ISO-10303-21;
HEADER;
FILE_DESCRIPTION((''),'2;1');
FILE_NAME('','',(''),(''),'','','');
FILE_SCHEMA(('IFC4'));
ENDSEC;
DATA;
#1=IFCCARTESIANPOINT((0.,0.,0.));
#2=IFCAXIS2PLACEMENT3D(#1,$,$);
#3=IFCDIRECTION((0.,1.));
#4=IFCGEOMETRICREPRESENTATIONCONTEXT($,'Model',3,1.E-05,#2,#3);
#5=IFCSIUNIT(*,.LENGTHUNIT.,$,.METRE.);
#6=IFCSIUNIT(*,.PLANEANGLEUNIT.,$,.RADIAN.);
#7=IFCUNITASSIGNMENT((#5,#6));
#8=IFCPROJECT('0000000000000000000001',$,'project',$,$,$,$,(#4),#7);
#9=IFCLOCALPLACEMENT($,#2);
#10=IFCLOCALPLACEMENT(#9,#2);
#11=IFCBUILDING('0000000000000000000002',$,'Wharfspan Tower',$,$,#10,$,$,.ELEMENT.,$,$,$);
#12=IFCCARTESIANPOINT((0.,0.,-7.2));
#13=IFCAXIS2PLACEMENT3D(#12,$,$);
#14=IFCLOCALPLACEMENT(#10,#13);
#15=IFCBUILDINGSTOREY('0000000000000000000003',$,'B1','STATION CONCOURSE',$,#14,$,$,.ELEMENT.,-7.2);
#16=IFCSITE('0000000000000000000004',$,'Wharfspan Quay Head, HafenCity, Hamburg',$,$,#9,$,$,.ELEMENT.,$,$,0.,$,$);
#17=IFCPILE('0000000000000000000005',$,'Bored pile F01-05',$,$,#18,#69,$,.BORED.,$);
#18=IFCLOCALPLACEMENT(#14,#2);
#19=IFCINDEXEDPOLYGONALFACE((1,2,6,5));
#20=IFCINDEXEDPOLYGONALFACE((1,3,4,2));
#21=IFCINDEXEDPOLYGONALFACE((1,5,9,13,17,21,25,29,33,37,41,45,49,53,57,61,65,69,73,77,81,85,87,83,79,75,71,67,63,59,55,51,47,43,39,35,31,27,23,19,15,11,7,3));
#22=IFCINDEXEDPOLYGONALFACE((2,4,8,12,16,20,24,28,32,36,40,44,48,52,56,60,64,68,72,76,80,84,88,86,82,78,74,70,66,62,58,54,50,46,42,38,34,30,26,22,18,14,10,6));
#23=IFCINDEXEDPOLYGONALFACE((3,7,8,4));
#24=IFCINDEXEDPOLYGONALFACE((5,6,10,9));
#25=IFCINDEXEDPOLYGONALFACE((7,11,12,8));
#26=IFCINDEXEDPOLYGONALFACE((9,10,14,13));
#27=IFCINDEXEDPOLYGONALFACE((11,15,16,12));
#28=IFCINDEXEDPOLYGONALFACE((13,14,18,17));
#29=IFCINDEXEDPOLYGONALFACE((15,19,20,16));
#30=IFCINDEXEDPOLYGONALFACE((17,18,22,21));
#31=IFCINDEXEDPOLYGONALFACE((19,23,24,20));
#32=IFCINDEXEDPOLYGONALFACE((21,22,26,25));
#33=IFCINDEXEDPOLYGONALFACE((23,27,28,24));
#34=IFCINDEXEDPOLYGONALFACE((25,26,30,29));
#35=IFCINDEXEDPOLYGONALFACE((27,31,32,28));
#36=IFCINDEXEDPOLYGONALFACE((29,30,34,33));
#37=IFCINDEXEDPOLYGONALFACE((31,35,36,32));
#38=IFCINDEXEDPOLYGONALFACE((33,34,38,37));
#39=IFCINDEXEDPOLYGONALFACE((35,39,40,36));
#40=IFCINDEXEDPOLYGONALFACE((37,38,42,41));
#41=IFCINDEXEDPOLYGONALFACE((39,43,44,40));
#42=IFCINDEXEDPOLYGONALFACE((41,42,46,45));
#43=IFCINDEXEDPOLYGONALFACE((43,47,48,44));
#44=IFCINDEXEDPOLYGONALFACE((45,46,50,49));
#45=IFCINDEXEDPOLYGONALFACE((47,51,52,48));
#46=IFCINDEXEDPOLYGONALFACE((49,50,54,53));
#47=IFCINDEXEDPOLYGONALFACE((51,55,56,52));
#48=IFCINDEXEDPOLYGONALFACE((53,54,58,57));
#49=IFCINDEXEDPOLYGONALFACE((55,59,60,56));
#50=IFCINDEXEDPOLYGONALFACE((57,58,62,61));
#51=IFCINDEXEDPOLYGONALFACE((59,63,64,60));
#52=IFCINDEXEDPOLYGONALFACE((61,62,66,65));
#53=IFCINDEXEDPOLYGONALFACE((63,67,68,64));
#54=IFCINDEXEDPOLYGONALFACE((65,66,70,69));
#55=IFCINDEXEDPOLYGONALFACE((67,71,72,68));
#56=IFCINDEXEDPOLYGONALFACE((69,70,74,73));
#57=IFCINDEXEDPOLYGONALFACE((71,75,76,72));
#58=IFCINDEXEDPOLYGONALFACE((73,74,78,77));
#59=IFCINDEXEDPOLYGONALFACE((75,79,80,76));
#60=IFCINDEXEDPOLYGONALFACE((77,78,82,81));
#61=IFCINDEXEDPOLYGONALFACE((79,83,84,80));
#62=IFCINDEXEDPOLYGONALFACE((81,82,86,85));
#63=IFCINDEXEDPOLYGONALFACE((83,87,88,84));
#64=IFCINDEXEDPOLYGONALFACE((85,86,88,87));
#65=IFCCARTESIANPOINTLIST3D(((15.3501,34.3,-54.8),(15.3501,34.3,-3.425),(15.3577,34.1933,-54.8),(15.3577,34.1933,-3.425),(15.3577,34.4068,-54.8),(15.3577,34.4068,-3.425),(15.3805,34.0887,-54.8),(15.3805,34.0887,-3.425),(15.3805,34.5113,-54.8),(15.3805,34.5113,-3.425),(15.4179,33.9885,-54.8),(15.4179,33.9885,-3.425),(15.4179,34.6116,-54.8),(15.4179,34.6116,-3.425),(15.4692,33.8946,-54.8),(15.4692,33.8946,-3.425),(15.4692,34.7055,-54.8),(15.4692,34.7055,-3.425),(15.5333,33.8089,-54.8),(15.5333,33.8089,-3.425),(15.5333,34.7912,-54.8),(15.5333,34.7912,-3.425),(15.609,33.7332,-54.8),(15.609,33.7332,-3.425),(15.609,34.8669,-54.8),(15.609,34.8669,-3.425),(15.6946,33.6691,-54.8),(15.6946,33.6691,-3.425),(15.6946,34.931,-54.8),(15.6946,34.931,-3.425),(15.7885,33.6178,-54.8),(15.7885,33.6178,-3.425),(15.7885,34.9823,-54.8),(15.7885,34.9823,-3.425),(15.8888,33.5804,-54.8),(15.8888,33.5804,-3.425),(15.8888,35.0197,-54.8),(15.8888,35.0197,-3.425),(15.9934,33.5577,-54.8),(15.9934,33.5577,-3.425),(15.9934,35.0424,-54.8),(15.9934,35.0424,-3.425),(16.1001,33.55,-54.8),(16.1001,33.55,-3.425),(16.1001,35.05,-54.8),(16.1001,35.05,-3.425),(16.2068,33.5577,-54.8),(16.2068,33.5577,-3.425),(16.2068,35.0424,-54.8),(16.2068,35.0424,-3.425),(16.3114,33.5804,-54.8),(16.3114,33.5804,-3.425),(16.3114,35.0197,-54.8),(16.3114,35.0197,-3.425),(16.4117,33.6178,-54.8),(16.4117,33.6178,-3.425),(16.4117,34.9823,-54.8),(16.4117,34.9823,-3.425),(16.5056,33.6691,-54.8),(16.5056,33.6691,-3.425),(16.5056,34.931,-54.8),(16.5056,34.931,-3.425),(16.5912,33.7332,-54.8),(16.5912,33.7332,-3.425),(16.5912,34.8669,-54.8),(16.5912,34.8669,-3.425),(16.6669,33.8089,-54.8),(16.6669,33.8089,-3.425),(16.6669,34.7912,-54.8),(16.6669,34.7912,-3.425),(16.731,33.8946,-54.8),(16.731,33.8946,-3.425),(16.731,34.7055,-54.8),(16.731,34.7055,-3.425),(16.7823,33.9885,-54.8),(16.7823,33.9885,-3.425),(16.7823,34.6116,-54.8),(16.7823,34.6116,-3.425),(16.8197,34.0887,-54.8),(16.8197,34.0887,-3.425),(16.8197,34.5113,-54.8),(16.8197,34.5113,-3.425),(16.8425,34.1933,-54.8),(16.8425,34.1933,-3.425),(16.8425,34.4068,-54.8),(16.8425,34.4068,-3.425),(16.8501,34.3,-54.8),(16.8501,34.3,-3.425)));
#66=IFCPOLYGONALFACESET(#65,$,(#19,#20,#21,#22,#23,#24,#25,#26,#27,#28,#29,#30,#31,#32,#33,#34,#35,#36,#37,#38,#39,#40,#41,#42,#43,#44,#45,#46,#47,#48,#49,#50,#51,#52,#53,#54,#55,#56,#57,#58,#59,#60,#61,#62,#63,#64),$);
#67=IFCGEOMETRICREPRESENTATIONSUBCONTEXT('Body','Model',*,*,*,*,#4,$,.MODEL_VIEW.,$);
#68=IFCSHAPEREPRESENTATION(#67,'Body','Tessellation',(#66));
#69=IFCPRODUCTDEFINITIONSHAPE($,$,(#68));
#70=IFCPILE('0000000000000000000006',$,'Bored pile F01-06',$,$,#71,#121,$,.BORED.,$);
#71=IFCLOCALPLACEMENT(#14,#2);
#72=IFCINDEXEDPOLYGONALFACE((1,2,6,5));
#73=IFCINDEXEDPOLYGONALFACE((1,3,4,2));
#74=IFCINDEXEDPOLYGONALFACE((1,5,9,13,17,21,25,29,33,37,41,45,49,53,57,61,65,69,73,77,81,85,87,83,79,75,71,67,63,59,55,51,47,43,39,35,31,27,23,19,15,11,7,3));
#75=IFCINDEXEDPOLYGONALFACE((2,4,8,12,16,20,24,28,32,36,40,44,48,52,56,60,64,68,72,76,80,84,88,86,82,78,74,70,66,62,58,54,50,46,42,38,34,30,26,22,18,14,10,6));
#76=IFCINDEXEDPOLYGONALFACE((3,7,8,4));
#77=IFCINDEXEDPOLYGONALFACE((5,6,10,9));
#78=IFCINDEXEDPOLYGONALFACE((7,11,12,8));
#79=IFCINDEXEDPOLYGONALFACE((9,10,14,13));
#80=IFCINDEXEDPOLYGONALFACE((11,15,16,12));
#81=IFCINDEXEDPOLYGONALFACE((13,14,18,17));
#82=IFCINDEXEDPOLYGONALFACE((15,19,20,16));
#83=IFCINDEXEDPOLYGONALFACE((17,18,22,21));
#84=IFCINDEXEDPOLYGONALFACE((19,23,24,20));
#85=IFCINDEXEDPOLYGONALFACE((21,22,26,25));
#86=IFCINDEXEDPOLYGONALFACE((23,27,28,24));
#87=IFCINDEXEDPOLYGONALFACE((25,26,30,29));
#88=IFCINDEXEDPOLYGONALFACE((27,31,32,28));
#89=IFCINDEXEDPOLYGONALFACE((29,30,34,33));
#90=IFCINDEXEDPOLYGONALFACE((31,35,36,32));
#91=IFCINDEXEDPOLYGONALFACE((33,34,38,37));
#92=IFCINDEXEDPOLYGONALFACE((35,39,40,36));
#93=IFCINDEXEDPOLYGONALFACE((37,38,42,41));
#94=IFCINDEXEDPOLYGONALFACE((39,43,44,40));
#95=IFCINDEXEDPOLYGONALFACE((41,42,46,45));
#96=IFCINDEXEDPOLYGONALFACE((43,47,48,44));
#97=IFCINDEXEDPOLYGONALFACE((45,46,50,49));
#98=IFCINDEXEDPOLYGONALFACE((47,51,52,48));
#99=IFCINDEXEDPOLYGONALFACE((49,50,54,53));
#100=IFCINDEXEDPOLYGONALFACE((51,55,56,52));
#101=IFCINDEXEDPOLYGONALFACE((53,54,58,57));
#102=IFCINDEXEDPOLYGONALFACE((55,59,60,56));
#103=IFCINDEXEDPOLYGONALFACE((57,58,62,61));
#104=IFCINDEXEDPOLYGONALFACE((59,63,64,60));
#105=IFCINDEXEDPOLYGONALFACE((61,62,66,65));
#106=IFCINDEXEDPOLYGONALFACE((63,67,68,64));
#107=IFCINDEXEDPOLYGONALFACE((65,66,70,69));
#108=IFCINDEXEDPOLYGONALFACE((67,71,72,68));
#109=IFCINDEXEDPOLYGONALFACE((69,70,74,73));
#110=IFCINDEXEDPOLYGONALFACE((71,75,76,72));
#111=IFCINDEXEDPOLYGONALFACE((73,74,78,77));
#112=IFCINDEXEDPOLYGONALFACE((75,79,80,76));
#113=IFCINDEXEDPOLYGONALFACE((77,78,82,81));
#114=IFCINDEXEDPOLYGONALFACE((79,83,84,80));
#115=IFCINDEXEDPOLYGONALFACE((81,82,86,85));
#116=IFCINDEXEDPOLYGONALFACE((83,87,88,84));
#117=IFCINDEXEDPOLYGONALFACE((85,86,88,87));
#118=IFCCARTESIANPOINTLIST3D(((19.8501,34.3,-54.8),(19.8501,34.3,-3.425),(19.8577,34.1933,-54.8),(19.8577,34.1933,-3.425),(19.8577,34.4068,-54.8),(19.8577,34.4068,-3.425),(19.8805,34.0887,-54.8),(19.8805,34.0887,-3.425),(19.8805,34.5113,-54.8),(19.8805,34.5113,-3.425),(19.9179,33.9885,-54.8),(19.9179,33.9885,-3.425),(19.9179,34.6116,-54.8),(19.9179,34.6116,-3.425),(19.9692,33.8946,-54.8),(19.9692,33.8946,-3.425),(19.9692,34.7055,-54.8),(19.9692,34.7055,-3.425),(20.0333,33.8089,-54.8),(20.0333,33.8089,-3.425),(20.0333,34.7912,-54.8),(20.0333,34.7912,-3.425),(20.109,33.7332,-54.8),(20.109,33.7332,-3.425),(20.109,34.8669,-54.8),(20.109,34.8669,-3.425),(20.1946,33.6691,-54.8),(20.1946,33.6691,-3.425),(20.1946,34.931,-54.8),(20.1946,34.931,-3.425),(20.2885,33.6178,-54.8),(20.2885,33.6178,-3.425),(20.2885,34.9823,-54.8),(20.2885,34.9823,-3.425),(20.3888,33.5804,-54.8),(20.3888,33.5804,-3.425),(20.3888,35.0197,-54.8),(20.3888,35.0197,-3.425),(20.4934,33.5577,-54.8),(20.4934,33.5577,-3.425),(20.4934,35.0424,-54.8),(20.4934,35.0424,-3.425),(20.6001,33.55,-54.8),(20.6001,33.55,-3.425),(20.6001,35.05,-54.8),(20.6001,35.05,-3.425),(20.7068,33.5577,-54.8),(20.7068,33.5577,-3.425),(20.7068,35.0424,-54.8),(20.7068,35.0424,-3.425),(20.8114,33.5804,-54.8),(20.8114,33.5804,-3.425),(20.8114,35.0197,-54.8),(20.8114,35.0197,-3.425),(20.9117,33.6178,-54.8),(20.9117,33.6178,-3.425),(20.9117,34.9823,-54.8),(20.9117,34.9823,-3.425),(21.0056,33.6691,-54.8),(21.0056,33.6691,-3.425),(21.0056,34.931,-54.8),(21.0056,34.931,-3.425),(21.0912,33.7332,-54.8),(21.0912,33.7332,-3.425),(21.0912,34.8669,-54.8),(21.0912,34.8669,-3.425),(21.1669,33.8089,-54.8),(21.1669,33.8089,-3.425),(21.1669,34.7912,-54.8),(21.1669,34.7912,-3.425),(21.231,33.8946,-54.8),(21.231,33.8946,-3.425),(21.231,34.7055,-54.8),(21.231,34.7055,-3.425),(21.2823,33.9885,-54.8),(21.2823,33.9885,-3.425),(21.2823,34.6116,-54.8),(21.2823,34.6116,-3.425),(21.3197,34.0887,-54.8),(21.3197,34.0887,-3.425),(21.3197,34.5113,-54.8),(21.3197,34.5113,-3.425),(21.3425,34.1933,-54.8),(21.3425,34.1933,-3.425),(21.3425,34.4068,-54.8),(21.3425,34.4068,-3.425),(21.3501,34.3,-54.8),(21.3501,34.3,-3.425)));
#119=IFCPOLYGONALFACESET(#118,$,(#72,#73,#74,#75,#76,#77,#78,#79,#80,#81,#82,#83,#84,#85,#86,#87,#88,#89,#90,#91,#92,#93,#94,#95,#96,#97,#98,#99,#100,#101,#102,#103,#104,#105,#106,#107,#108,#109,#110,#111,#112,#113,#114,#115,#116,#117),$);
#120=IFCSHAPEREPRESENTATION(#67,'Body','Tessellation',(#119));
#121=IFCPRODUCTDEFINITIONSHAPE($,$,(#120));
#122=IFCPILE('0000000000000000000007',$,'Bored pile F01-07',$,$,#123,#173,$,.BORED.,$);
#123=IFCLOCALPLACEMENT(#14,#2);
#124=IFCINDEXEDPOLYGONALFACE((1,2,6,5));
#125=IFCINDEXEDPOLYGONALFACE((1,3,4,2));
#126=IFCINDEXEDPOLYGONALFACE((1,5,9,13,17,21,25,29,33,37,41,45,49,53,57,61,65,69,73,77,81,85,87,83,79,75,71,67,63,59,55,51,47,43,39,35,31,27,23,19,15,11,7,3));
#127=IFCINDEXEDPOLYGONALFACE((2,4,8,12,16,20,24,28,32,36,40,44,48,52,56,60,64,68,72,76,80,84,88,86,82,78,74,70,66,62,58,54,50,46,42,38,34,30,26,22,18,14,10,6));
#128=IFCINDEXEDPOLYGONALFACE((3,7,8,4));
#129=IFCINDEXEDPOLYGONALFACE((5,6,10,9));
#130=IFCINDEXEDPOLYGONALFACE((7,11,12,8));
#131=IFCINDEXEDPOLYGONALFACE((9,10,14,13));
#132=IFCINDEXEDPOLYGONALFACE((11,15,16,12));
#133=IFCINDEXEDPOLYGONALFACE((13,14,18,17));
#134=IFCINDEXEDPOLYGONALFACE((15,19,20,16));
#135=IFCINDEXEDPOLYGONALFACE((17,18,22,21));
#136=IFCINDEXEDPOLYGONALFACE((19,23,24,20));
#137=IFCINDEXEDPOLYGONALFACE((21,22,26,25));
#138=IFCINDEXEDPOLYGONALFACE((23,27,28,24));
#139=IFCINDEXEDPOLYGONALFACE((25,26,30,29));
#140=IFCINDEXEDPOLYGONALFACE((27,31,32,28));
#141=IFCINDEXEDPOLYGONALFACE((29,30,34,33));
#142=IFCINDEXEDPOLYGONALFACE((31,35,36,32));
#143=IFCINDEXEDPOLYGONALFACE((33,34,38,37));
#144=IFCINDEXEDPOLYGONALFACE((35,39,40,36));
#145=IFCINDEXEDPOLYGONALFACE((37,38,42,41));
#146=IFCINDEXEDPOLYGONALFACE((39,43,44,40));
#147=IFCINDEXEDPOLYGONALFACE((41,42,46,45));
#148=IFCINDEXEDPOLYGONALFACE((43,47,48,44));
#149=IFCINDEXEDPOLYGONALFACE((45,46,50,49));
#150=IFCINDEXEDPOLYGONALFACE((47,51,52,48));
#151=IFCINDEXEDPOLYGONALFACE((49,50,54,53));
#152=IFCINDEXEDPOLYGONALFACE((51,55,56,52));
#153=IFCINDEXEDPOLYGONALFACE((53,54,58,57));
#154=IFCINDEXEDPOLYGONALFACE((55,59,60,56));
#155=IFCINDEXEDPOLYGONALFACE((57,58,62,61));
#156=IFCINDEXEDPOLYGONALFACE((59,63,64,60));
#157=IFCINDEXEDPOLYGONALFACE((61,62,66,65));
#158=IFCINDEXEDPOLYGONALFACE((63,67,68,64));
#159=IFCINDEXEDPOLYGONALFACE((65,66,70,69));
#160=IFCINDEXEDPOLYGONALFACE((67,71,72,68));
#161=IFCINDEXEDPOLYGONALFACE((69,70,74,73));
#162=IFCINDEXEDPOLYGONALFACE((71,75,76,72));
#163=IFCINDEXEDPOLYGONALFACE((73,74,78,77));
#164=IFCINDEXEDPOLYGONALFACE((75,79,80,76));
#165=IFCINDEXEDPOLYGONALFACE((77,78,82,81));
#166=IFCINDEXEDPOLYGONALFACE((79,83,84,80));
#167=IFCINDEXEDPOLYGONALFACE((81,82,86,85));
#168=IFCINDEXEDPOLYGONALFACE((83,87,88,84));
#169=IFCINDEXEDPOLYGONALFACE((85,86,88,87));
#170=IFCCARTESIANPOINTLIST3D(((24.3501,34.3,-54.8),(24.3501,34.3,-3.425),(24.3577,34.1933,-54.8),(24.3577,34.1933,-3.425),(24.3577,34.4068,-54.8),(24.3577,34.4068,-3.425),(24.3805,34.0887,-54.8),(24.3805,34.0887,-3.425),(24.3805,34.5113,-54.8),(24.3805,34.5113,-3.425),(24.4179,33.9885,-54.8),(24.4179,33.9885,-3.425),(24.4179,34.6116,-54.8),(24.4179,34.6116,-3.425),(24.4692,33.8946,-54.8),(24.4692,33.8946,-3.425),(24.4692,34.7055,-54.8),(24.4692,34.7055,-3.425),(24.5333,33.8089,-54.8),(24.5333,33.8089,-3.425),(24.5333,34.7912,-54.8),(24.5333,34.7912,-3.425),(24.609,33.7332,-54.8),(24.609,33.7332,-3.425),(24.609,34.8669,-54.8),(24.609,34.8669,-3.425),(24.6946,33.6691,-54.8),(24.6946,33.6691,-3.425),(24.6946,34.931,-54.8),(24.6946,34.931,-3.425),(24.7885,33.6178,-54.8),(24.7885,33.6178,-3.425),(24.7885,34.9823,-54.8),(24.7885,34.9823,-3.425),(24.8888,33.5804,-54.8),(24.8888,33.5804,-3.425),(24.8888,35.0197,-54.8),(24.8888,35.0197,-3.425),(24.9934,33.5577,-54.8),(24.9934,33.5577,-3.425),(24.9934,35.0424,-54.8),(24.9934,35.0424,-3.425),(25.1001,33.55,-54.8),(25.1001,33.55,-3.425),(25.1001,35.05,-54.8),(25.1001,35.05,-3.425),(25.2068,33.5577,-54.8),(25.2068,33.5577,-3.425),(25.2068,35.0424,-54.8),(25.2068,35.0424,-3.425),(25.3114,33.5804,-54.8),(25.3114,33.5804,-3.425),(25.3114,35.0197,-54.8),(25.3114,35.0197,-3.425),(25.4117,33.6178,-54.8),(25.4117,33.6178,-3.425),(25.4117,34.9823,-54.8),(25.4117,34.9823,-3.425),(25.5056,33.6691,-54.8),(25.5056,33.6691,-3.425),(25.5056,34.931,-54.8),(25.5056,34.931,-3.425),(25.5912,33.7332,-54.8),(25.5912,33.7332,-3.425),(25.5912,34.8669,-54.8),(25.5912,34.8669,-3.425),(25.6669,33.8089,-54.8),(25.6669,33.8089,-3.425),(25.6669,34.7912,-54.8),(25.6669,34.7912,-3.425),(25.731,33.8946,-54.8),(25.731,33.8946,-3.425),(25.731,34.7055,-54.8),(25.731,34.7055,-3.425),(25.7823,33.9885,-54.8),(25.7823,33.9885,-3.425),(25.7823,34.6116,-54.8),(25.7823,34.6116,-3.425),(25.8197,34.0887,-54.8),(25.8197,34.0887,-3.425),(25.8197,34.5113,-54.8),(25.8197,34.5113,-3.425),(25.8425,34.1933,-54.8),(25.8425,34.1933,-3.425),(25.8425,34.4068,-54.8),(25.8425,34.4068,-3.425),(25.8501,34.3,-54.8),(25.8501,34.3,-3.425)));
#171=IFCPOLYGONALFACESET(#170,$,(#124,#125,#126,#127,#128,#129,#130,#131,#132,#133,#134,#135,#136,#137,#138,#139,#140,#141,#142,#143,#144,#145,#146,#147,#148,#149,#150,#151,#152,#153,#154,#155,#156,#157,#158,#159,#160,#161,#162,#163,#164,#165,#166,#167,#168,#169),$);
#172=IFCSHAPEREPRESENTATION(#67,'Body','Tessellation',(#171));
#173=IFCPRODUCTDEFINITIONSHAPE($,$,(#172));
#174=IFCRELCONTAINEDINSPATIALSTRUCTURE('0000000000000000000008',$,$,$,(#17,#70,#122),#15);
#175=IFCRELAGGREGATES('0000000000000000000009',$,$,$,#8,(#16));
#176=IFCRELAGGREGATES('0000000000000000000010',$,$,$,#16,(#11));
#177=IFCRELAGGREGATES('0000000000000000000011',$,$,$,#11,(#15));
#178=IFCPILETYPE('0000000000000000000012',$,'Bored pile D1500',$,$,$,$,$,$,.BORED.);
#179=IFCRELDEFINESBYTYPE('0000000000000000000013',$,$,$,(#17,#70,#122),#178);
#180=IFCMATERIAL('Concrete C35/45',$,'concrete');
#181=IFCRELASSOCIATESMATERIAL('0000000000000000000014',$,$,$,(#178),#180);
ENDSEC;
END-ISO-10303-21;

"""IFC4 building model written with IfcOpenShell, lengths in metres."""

from ifc_helpers import new_model, si_unit, direction, frame, origin, origin_2d, place, context, subcontext, project, spatial, circle, extrude, material, material_profile, profile_set, type_object, element, save


model = new_model("IFC4")

# Units and contexts
model_context = context("Model", 3, precision=1e-05, world=origin(), true_north=direction((0.0, 1.0)))
body_context = subcontext(model_context, "Body", "Model", "MODEL_VIEW")
ifc_project = project(units=[si_unit("LENGTHUNIT", "METRE"), si_unit("PLANEANGLEUNIT", "RADIAN")], contexts=[model_context])

# Site, building, storey
site_placement = place(None, origin())
site = spatial("IfcSite", under=ifc_project, at=site_placement, Name="Wharfspan Quay Head, HafenCity, Hamburg", CompositionType="ELEMENT", RefElevation=0.0)
building_placement = place(site_placement, origin())
building = spatial("IfcBuilding", under=site, at=building_placement, Name="Wharfspan Tower", CompositionType="ELEMENT")
storey_placement = place(building_placement, frame((0.0, 0.0, -7.2)))
storey = spatial("IfcBuildingStorey", under=building, at=storey_placement, Name="B1", Description="STATION CONCOURSE", CompositionType="ELEMENT", Elevation=-7.2)

# Piles
ifc_material_1 = material(Name="Concrete C35/45", Category="concrete")
ifc_material_profile_1 = material_profile(ifc_material_1, circle(Radius=0.75, at=origin_2d()))
ifc_profile_set_1 = profile_set([ifc_material_profile_1], Name="Concrete C35/45")
pile_type = type_object("IfcPileType", Name="Bored pile D1500", PredefinedType="BORED", material=ifc_profile_set_1)
for number, where, z_axis, x_axis, name in (
    (1, (16.1001, 34.3, -3.425), (0.0, 0.0, -1.0), (1.0, 0.0, 0.0), "Bored pile F01-05"),
    (2, (20.6001, 34.3, -3.425), (0.0, 0.0, -1.0), (1.0, 0.0, 0.0), "Bored pile F01-06"),
    (3, (25.1001, 34.3, -3.425), (0.0, 0.0, -1.0), (1.0, 0.0, 0.0), "Bored pile F01-07"),
):
    element("IfcPile", number, at=place(storey_placement, frame(where, z_axis=z_axis, x_axis=x_axis)), inside=storey, type_object=pile_type, Name=name, PredefinedType="BORED", context=body_context, shape_type="SweptSolid", body=[
        extrude(circle(Radius=0.75, at=origin_2d()), origin(), (0.0, 0.0, 1.0), 51.375),
    ])

save(model, "model.ifc")
